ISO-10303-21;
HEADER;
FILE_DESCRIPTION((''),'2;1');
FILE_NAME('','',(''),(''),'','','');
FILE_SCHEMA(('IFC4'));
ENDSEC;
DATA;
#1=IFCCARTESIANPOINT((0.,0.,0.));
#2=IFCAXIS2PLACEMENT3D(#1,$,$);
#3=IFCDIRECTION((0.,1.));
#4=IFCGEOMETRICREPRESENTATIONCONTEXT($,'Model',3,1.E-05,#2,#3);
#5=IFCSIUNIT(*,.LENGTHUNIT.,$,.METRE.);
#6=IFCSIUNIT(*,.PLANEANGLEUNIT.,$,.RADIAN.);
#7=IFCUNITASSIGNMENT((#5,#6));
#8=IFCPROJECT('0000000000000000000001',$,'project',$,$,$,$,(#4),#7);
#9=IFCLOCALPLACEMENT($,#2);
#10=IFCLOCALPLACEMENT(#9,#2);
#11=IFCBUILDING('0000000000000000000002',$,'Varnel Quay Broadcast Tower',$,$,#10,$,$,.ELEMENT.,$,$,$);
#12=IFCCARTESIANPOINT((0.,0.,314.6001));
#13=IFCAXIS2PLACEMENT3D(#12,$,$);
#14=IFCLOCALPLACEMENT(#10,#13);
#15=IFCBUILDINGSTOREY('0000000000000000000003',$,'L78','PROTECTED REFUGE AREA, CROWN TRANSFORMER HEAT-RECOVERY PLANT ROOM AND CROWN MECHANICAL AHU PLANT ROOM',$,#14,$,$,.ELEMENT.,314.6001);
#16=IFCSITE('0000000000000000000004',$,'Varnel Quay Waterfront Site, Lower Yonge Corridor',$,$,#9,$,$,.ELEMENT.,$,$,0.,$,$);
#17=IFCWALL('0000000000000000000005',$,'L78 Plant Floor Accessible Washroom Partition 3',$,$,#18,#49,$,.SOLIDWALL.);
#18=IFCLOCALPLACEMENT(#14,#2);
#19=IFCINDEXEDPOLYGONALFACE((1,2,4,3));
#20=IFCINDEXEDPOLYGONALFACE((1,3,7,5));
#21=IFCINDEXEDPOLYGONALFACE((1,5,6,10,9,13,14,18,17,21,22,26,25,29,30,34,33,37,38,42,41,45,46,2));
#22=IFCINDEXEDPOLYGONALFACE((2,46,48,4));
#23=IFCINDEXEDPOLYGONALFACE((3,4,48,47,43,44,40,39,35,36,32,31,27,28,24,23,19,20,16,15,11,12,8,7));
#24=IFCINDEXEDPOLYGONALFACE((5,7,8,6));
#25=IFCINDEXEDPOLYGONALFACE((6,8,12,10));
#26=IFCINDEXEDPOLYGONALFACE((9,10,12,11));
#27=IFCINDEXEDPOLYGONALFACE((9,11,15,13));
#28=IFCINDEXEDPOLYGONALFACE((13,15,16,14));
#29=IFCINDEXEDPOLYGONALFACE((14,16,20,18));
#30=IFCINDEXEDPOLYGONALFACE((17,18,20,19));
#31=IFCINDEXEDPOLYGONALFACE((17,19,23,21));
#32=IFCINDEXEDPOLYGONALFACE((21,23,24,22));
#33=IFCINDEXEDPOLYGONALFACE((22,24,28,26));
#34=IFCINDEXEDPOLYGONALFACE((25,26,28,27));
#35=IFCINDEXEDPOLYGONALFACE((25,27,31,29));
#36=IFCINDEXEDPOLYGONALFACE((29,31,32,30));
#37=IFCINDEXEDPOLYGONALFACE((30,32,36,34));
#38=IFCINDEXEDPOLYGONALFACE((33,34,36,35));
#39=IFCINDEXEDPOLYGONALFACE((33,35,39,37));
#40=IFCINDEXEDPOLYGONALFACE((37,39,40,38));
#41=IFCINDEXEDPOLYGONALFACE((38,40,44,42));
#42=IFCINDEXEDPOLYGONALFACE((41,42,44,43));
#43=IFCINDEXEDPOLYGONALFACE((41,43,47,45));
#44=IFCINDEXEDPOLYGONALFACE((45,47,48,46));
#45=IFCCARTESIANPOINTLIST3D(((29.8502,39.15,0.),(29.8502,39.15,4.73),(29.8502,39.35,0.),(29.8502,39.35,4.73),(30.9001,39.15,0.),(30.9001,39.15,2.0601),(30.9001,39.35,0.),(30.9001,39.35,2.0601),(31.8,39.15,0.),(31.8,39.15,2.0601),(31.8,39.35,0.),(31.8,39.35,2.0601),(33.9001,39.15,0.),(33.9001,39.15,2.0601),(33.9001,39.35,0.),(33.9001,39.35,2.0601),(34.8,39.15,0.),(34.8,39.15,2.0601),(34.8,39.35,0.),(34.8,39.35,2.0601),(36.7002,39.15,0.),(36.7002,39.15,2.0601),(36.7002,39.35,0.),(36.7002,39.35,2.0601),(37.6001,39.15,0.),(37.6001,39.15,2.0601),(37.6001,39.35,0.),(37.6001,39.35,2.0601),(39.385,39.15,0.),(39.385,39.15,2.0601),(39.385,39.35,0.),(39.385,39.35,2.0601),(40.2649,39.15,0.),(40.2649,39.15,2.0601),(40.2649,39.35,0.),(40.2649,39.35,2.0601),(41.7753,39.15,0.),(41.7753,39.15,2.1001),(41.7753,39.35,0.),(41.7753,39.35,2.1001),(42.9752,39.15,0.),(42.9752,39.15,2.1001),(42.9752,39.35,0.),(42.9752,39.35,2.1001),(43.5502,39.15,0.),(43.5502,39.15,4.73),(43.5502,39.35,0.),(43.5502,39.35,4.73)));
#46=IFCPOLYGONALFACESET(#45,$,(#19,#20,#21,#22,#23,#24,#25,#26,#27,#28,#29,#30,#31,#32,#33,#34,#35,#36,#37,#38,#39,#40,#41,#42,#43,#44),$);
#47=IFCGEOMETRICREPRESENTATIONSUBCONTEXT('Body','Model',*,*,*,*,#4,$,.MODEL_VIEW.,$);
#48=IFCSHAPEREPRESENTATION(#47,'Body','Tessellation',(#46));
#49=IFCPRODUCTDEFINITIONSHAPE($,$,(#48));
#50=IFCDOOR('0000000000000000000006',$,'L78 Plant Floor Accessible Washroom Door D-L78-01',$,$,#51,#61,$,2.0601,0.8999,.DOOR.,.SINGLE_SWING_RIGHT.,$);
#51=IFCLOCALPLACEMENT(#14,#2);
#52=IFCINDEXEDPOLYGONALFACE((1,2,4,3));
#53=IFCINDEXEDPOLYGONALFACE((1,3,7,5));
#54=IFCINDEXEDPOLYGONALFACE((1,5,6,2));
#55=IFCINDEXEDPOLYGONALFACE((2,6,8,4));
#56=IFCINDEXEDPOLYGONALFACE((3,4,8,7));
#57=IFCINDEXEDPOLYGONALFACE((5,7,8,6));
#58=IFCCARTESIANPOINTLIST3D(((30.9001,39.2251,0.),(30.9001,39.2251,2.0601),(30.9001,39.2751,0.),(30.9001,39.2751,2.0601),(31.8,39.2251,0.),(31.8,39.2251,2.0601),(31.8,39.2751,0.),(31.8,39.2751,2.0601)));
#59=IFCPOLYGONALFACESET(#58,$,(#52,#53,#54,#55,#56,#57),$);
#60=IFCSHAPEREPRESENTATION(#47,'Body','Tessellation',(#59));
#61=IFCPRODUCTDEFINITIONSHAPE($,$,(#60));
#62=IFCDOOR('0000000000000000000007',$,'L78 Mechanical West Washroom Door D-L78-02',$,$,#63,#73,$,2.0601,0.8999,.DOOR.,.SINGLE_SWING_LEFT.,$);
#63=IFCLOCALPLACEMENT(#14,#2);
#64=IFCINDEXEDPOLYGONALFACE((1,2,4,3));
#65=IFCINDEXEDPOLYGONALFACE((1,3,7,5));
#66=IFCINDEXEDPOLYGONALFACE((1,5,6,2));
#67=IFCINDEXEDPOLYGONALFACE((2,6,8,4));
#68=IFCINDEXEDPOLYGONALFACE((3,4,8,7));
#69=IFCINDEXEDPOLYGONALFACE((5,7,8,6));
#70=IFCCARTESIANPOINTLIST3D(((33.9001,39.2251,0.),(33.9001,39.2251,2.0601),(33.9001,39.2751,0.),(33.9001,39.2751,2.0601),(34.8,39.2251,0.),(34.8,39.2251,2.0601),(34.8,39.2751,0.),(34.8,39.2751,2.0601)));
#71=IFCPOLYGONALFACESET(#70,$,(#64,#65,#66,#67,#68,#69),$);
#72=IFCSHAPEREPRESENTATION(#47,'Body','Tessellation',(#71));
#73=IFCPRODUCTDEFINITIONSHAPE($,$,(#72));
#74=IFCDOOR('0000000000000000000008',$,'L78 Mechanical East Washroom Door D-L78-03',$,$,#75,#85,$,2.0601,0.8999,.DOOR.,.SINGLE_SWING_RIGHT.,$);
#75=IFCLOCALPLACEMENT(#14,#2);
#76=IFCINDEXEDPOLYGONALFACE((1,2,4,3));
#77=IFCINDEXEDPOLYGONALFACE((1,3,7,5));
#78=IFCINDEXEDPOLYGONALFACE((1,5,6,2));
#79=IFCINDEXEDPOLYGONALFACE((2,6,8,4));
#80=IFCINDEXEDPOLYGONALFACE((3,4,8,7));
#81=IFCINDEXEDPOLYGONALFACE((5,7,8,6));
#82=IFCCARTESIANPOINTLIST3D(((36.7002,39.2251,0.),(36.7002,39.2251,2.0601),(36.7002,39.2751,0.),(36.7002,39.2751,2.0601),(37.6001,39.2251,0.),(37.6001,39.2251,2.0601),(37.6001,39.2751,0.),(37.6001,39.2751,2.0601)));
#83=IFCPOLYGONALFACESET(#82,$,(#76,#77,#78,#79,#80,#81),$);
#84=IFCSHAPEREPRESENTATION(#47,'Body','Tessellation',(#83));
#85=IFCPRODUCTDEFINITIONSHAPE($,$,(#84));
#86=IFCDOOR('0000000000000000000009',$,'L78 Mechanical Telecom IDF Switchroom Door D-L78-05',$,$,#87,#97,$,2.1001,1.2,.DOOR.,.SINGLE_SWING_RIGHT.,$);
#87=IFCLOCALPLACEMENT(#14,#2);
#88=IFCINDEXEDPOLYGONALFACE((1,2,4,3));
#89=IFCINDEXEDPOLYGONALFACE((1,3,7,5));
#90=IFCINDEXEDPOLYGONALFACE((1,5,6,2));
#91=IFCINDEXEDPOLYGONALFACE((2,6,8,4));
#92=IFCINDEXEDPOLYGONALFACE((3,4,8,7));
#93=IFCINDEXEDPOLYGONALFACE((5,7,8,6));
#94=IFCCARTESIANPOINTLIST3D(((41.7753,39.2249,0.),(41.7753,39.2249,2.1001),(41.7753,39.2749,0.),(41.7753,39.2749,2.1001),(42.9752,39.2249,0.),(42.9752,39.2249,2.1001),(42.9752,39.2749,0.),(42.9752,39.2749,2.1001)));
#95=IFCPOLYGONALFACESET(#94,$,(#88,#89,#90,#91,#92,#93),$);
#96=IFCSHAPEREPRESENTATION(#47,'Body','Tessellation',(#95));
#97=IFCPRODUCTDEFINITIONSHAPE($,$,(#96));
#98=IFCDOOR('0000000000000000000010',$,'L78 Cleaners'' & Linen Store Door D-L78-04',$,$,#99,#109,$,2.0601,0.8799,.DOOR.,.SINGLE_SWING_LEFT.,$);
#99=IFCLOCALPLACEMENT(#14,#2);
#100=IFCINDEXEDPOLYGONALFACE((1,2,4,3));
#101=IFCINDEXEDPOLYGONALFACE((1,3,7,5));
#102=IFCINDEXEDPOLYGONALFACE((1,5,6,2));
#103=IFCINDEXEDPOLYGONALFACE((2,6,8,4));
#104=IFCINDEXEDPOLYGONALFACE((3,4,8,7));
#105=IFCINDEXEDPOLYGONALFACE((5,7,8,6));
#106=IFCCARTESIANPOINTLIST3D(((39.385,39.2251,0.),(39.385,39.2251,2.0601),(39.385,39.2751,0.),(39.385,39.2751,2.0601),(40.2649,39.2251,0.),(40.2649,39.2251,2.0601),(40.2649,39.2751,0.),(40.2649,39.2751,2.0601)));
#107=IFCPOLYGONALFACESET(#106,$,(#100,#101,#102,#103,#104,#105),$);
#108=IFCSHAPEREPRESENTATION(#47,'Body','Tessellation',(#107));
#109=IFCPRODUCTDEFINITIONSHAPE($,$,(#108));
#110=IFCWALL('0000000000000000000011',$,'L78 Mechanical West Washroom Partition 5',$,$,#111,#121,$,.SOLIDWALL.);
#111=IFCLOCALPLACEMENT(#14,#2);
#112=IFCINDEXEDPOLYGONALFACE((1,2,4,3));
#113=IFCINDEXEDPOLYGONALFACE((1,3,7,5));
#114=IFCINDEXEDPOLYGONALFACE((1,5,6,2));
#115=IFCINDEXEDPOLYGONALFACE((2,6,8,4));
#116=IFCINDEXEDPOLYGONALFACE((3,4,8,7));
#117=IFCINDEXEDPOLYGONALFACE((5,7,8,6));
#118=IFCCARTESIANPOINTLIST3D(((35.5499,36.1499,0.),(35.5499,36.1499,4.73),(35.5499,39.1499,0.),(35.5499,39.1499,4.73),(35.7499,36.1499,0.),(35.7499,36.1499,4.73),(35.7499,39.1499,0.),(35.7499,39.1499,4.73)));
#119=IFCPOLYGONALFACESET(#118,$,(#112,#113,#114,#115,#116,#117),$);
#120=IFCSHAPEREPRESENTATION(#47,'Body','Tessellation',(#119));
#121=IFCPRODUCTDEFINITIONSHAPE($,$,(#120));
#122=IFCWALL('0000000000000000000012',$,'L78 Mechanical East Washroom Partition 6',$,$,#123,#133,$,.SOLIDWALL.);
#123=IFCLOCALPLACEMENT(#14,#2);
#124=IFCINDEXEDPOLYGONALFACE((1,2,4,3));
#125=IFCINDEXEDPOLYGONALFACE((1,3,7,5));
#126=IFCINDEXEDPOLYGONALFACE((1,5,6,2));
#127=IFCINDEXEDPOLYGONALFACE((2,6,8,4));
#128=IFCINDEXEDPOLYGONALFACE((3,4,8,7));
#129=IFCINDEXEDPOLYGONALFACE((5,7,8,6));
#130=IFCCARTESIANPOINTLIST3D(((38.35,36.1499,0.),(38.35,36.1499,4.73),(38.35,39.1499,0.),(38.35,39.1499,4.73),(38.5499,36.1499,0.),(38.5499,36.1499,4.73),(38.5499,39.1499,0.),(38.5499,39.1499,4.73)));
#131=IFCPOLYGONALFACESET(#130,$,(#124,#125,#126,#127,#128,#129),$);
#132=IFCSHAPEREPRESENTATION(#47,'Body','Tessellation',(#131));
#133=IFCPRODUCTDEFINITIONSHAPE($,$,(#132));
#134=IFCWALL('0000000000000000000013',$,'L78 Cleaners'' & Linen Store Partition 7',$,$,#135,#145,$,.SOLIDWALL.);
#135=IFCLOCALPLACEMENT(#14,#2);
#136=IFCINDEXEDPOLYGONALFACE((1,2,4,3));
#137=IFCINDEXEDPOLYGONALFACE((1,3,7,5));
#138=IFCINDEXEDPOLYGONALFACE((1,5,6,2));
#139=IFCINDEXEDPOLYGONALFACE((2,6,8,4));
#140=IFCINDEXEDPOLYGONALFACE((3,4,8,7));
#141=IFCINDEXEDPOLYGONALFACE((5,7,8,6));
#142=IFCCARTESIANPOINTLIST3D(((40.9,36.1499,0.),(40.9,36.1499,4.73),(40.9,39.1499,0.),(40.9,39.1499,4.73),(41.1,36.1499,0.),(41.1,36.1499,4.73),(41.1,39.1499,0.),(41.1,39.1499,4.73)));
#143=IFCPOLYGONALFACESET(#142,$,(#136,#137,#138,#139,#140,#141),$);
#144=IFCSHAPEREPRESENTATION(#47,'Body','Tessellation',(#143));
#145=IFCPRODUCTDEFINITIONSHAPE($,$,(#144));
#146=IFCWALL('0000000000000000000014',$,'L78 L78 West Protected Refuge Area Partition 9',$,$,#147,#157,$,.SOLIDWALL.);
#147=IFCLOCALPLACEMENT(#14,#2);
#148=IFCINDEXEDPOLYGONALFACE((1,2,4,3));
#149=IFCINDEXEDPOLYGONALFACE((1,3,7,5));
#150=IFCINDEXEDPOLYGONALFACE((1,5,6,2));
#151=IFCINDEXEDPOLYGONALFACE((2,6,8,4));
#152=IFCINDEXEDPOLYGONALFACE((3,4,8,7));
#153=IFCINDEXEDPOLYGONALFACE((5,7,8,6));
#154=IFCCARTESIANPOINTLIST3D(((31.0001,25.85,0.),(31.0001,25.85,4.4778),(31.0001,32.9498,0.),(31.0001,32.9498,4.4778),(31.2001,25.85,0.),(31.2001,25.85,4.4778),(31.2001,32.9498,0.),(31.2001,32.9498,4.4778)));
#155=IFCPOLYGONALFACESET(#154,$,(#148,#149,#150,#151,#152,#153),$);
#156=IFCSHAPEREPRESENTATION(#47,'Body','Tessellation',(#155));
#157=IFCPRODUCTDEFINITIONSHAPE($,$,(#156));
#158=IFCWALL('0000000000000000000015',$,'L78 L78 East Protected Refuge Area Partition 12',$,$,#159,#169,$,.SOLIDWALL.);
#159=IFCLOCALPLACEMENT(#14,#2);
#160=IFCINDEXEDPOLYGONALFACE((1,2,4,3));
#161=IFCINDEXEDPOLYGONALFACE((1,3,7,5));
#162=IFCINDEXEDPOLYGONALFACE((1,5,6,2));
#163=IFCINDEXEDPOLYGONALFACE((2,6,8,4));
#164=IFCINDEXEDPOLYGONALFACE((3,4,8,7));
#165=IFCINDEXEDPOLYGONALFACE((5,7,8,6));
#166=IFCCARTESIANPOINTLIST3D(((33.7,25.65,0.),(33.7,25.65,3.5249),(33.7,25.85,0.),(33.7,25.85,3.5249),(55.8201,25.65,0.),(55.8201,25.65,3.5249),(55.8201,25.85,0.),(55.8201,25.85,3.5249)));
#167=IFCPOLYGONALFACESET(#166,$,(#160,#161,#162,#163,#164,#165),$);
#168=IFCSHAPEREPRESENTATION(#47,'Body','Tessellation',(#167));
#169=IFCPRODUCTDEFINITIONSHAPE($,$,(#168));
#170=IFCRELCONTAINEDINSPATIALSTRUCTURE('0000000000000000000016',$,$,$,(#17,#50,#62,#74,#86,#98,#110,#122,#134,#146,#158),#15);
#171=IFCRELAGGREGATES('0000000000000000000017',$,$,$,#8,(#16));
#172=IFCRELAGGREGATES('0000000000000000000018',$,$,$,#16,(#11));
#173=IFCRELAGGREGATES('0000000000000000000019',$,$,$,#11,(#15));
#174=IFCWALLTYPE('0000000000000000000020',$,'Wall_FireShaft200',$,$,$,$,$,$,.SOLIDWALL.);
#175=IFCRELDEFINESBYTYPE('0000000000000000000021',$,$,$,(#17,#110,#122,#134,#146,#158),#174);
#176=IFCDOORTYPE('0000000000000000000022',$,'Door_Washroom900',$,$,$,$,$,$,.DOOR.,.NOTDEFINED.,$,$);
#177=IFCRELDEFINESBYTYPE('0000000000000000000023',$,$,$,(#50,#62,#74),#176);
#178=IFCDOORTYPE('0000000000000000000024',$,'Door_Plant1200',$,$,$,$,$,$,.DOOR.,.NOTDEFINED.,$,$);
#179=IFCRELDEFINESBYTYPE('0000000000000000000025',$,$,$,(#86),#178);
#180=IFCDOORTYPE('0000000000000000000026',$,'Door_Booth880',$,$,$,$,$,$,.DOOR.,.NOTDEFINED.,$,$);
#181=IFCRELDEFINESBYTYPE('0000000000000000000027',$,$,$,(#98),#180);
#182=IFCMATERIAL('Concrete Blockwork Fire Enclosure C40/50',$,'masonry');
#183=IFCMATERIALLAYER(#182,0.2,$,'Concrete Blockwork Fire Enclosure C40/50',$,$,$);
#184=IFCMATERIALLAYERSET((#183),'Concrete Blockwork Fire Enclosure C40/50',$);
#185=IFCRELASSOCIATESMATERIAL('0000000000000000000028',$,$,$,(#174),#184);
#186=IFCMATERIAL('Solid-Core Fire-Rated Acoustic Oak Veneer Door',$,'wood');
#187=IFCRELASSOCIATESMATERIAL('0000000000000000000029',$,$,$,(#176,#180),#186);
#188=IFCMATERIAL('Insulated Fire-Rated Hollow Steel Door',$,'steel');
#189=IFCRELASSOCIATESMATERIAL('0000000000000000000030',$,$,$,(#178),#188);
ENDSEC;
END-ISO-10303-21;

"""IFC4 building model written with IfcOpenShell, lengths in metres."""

from ifc_helpers import new_model, si_unit, direction, frame, frame_2d, origin, place, context, subcontext, project, spatial, rectangle, extrude, source, transform, mapped, material, layer, layer_set, type_object, type_shapes, element, fill, save


model = new_model("IFC4")

# Units and contexts
model_context = context("Model", 3, precision=1e-05, world=origin(), true_north=direction((0.0, 1.0)))
body_context = subcontext(model_context, "Body", "Model", "MODEL_VIEW")
ifc_project = project(units=[si_unit("LENGTHUNIT", "METRE"), si_unit("PLANEANGLEUNIT", "RADIAN")], contexts=[model_context])

# Site, building, storey
site_placement = place(None, origin())
site = spatial("IfcSite", under=ifc_project, at=site_placement, Name="Varnel Quay Waterfront Site, Lower Yonge Corridor", CompositionType="ELEMENT", RefElevation=0.0)
building_placement = place(site_placement, origin())
building = spatial("IfcBuilding", under=site, at=building_placement, Name="Varnel Quay Broadcast Tower", CompositionType="ELEMENT")
storey_placement = place(building_placement, frame((0.0, 0.0, 314.6001)))
storey = spatial("IfcBuildingStorey", under=building, at=storey_placement, Name="L78", Description="PROTECTED REFUGE AREA, CROWN TRANSFORMER HEAT-RECOVERY PLANT ROOM AND CROWN MECHANICAL AHU PLANT ROOM", CompositionType="ELEMENT", Elevation=314.6001)

# Shared definitions
ifc_material_1 = material(Name="Insulated Fire-Rated Hollow Steel Door", Category="steel")

# Shared definitions
ifc_material_2 = material(Name="Concrete Blockwork Fire Enclosure C40/50", Category="masonry")
ifc_layer_1 = layer(ifc_material_2, 0.2, Name="Concrete Blockwork Fire Enclosure C40/50")
ifc_layer_set_1 = layer_set([ifc_layer_1], Name="Concrete Blockwork Fire Enclosure C40/50")
wall_type_1 = type_object("IfcWallType", Name="Wall_FireShaft200", PredefinedType="SOLIDWALL", material=ifc_layer_set_1)

# Wall, openings, doors
wall_1_placement = place(storey_placement, frame((29.8501, 39.25, 0.0), z_axis=(0.0, 0.0, 1.0), x_axis=(1.0, 0.0, 0.0)))
wall_1 = element("IfcWall", 1, at=wall_1_placement, inside=storey, type_object=wall_type_1, Name="L78 Plant Floor Accessible Washroom Partition 3", PredefinedType="SOLIDWALL", context=body_context, shape_type="SweptSolid", body=[
    extrude(rectangle(XDim=13.7, YDim=0.2, at=frame_2d((6.8501, 0.0))), origin(), (0.0, 0.0, 1.0), 4.73),
])
opening_1_placement = place(wall_1_placement, frame((1.05, 0.0, 0.0)))
opening_1 = element("IfcOpeningElement", 2, at=opening_1_placement, cuts=wall_1, PredefinedType="OPENING", context=body_context, shape_type="SweptSolid", body=[
    extrude(rectangle(XDim=0.8999, YDim=2.0601, at=frame_2d((0.45, 1.03))), frame((0.0, 0.1099, 0.0), z_axis=(0.0, -1.0, 0.0), x_axis=(1.0, 0.0, 0.0)), (0.0, 0.0, 1.0), 0.22),
])
opening_2_placement = place(wall_1_placement, frame((4.05, 0.0, 0.0)))
opening_2 = element("IfcOpeningElement", 3, at=opening_2_placement, cuts=wall_1, PredefinedType="OPENING", context=body_context, shape_type="SweptSolid", body=[
    extrude(rectangle(XDim=0.8999, YDim=2.0601, at=frame_2d((0.45, 1.03))), frame((0.0, 0.1099, 0.0), z_axis=(0.0, -1.0, 0.0), x_axis=(1.0, 0.0, 0.0)), (0.0, 0.0, 1.0), 0.22),
])
opening_3_placement = place(wall_1_placement, frame((6.8501, 0.0, 0.0)))
opening_3 = element("IfcOpeningElement", 4, at=opening_3_placement, cuts=wall_1, PredefinedType="OPENING", context=body_context, shape_type="SweptSolid", body=[
    extrude(rectangle(XDim=0.8999, YDim=2.0601, at=frame_2d((0.45, 1.03))), frame((0.0, 0.1099, 0.0), z_axis=(0.0, -1.0, 0.0), x_axis=(1.0, 0.0, 0.0)), (0.0, 0.0, 1.0), 0.22),
])
opening_4_placement = place(wall_1_placement, frame((9.5349, 0.0, 0.0)))
opening_4 = element("IfcOpeningElement", 5, at=opening_4_placement, cuts=wall_1, PredefinedType="OPENING", context=body_context, shape_type="SweptSolid", body=[
    extrude(rectangle(XDim=0.8799, YDim=2.0601, at=frame_2d((0.4399, 1.03))), frame((0.0, 0.1099, 0.0), z_axis=(0.0, -1.0, 0.0), x_axis=(1.0, 0.0, 0.0)), (0.0, 0.0, 1.0), 0.22),
])
opening_5_placement = place(wall_1_placement, frame((11.925, 0.0, 0.0)))
opening_5 = element("IfcOpeningElement", 6, at=opening_5_placement, cuts=wall_1, PredefinedType="OPENING", context=body_context, shape_type="SweptSolid", body=[
    extrude(rectangle(XDim=1.2, YDim=2.1001, at=frame_2d((0.6001, 1.05))), frame((0.0, 0.1099, 0.0), z_axis=(0.0, -1.0, 0.0), x_axis=(1.0, 0.0, 0.0)), (0.0, 0.0, 1.0), 0.22),
])
ifc_material_3 = material(Name="Solid-Core Fire-Rated Acoustic Oak Veneer Door", Category="wood")
door_type_1 = type_object("IfcDoorType", Name="Door_Washroom900", OperationType="NOTDEFINED", PredefinedType="DOOR", material=ifc_material_3)
shared_shape_1 = source(origin(), body_context, "Body", "SweptSolid", [
    extrude(rectangle(XDim=0.8999, YDim=2.0601, at=frame_2d((0.45, 1.03))), frame((0.0, 0.0249, 0.0), z_axis=(0.0, -1.0, 0.0), x_axis=(1.0, 0.0, 0.0)), (0.0, 0.0, 1.0), 0.05),
])
type_shapes(door_type_1, [shared_shape_1])
door_1_placement = place(opening_1_placement, frame((0.8999, 0.0, 0.0), z_axis=(0.0, 0.0, 1.0), x_axis=(-1.0, 0.0, 0.0)))
door_1 = element("IfcDoor", 7, at=door_1_placement, inside=storey, type_object=door_type_1, Name="L78 Plant Floor Accessible Washroom Door D-L78-01", OperationType="SINGLE_SWING_RIGHT", OverallHeight=2.0601, OverallWidth=0.8999, PredefinedType="DOOR", context=body_context, shape_type="MappedRepresentation", body=[
    mapped(shared_shape_1, transform((0.0, 0.0, 0.0), x_axis=(1.0, 0.0, 0.0), y_axis=(0.0, 1.0, 0.0), z_axis=(0.0, 0.0, 1.0), scale=1.0)),
])
fill(opening_1, door_1)
door_2_placement = place(opening_2_placement, frame((0.8999, 0.0, 0.0), z_axis=(0.0, 0.0, 1.0), x_axis=(-1.0, 0.0, 0.0)))
door_2 = element("IfcDoor", 8, at=door_2_placement, inside=storey, type_object=door_type_1, Name="L78 Mechanical West Washroom Door D-L78-02", OperationType="SINGLE_SWING_LEFT", OverallHeight=2.0601, OverallWidth=0.8999, PredefinedType="DOOR", context=body_context, shape_type="MappedRepresentation", body=[
    mapped(shared_shape_1, transform((0.0, 0.0, 0.0), x_axis=(1.0, 0.0, 0.0), y_axis=(0.0, 1.0, 0.0), z_axis=(0.0, 0.0, 1.0), scale=1.0)),
])
fill(opening_2, door_2)
door_3_placement = place(opening_3_placement, frame((0.8999, 0.0, 0.0), z_axis=(0.0, 0.0, 1.0), x_axis=(-1.0, 0.0, 0.0)))
door_3 = element("IfcDoor", 9, at=door_3_placement, inside=storey, type_object=door_type_1, Name="L78 Mechanical East Washroom Door D-L78-03", OperationType="SINGLE_SWING_RIGHT", OverallHeight=2.0601, OverallWidth=0.8999, PredefinedType="DOOR", context=body_context, shape_type="MappedRepresentation", body=[
    mapped(shared_shape_1, transform((0.0, 0.0, 0.0), x_axis=(1.0, 0.0, 0.0), y_axis=(0.0, 1.0, 0.0), z_axis=(0.0, 0.0, 1.0), scale=1.0)),
])
fill(opening_3, door_3)
door_type_2 = type_object("IfcDoorType", Name="Door_Plant1200", OperationType="NOTDEFINED", PredefinedType="DOOR", material=ifc_material_1)
shared_shape_2 = source(origin(), body_context, "Body", "SweptSolid", [
    extrude(rectangle(XDim=1.2, YDim=2.1001, at=frame_2d((0.6001, 1.05))), frame((0.0, 0.0249, 0.0), z_axis=(0.0, -1.0, 0.0), x_axis=(1.0, 0.0, 0.0)), (0.0, 0.0, 1.0), 0.05),
])
type_shapes(door_type_2, [shared_shape_2])
door_4_placement = place(opening_5_placement, origin())
door_4 = element("IfcDoor", 10, at=door_4_placement, inside=storey, type_object=door_type_2, Name="L78 Mechanical Telecom IDF Switchroom Door D-L78-05", OperationType="SINGLE_SWING_RIGHT", OverallHeight=2.1001, OverallWidth=1.2, PredefinedType="DOOR", context=body_context, shape_type="MappedRepresentation", body=[
    mapped(shared_shape_2, transform((0.0, 0.0, 0.0), x_axis=(1.0, 0.0, 0.0), y_axis=(0.0, 1.0, 0.0), z_axis=(0.0, 0.0, 1.0), scale=1.0)),
])
fill(opening_5, door_4)
door_type_3 = type_object("IfcDoorType", Name="Door_Booth880", OperationType="NOTDEFINED", PredefinedType="DOOR", material=ifc_material_3)
shared_shape_3 = source(origin(), body_context, "Body", "SweptSolid", [
    extrude(rectangle(XDim=0.8799, YDim=2.0601, at=frame_2d((0.4399, 1.03))), frame((0.0, 0.0249, 0.0), z_axis=(0.0, -1.0, 0.0), x_axis=(1.0, 0.0, 0.0)), (0.0, 0.0, 1.0), 0.05),
])
type_shapes(door_type_3, [shared_shape_3])
door_5_placement = place(opening_4_placement, frame((0.8799, 0.0, 0.0), z_axis=(0.0, 0.0, 1.0), x_axis=(-1.0, 0.0, 0.0)))
door_5 = element("IfcDoor", 11, at=door_5_placement, inside=storey, type_object=door_type_3, Name="L78 Cleaners' & Linen Store Door D-L78-04", OperationType="SINGLE_SWING_LEFT", OverallHeight=2.0601, OverallWidth=0.8799, PredefinedType="DOOR", context=body_context, shape_type="MappedRepresentation", body=[
    mapped(shared_shape_3, transform((0.0, 0.0, 0.0), x_axis=(1.0, 0.0, 0.0), y_axis=(0.0, 1.0, 0.0), z_axis=(0.0, 0.0, 1.0), scale=1.0)),
])
fill(opening_4, door_5)

# Walls
for number, where, z_axis, x_axis, name in (
    (12, (35.6499, 36.1499, 0.0), (0.0, 0.0, 1.0), (0.0, 1.0, 0.0), "L78 Mechanical West Washroom Partition 5"),
    (13, (38.45, 36.1499, 0.0), (0.0, 0.0, 1.0), (0.0, 1.0, 0.0), "L78 Mechanical East Washroom Partition 6"),
    (14, (41.0, 36.1499, 0.0), (0.0, 0.0, 1.0), (0.0, 1.0, 0.0), "L78 Cleaners' & Linen Store Partition 7"),
):
    element("IfcWall", number, at=place(storey_placement, frame(where, z_axis=z_axis, x_axis=x_axis)), inside=storey, type_object=wall_type_1, Name=name, PredefinedType="SOLIDWALL", context=body_context, shape_type="SweptSolid", body=[
        extrude(rectangle(XDim=3.0, YDim=0.2, at=frame_2d((1.5, 0.0))), origin(), (0.0, 0.0, 1.0), 4.73),
    ])
wall_2_placement = place(storey_placement, frame((31.1001, 25.8501, 0.0), z_axis=(0.0, 0.0, 1.0), x_axis=(0.0, 1.0, 0.0)))
element("IfcWall", 15, at=wall_2_placement, inside=storey, type_object=wall_type_1, Name="L78 L78 West Protected Refuge Area Partition 9", PredefinedType="SOLIDWALL", context=body_context, shape_type="SweptSolid", body=[
    extrude(rectangle(XDim=7.0999, YDim=0.2, at=frame_2d((3.5498, 0.0))), origin(), (0.0, 0.0, 1.0), 4.4778),
])
wall_3_placement = place(storey_placement, frame((33.7, 25.75, 0.0), z_axis=(0.0, 0.0, 1.0), x_axis=(1.0, 0.0, 0.0)))
element("IfcWall", 16, at=wall_3_placement, inside=storey, type_object=wall_type_1, Name="L78 L78 East Protected Refuge Area Partition 12", PredefinedType="SOLIDWALL", context=body_context, shape_type="SweptSolid", body=[
    extrude(rectangle(XDim=22.1201, YDim=0.2, at=frame_2d((11.0601, 0.0))), origin(), (0.0, 0.0, 1.0), 3.5249),
])

save(model, "model.ifc")
